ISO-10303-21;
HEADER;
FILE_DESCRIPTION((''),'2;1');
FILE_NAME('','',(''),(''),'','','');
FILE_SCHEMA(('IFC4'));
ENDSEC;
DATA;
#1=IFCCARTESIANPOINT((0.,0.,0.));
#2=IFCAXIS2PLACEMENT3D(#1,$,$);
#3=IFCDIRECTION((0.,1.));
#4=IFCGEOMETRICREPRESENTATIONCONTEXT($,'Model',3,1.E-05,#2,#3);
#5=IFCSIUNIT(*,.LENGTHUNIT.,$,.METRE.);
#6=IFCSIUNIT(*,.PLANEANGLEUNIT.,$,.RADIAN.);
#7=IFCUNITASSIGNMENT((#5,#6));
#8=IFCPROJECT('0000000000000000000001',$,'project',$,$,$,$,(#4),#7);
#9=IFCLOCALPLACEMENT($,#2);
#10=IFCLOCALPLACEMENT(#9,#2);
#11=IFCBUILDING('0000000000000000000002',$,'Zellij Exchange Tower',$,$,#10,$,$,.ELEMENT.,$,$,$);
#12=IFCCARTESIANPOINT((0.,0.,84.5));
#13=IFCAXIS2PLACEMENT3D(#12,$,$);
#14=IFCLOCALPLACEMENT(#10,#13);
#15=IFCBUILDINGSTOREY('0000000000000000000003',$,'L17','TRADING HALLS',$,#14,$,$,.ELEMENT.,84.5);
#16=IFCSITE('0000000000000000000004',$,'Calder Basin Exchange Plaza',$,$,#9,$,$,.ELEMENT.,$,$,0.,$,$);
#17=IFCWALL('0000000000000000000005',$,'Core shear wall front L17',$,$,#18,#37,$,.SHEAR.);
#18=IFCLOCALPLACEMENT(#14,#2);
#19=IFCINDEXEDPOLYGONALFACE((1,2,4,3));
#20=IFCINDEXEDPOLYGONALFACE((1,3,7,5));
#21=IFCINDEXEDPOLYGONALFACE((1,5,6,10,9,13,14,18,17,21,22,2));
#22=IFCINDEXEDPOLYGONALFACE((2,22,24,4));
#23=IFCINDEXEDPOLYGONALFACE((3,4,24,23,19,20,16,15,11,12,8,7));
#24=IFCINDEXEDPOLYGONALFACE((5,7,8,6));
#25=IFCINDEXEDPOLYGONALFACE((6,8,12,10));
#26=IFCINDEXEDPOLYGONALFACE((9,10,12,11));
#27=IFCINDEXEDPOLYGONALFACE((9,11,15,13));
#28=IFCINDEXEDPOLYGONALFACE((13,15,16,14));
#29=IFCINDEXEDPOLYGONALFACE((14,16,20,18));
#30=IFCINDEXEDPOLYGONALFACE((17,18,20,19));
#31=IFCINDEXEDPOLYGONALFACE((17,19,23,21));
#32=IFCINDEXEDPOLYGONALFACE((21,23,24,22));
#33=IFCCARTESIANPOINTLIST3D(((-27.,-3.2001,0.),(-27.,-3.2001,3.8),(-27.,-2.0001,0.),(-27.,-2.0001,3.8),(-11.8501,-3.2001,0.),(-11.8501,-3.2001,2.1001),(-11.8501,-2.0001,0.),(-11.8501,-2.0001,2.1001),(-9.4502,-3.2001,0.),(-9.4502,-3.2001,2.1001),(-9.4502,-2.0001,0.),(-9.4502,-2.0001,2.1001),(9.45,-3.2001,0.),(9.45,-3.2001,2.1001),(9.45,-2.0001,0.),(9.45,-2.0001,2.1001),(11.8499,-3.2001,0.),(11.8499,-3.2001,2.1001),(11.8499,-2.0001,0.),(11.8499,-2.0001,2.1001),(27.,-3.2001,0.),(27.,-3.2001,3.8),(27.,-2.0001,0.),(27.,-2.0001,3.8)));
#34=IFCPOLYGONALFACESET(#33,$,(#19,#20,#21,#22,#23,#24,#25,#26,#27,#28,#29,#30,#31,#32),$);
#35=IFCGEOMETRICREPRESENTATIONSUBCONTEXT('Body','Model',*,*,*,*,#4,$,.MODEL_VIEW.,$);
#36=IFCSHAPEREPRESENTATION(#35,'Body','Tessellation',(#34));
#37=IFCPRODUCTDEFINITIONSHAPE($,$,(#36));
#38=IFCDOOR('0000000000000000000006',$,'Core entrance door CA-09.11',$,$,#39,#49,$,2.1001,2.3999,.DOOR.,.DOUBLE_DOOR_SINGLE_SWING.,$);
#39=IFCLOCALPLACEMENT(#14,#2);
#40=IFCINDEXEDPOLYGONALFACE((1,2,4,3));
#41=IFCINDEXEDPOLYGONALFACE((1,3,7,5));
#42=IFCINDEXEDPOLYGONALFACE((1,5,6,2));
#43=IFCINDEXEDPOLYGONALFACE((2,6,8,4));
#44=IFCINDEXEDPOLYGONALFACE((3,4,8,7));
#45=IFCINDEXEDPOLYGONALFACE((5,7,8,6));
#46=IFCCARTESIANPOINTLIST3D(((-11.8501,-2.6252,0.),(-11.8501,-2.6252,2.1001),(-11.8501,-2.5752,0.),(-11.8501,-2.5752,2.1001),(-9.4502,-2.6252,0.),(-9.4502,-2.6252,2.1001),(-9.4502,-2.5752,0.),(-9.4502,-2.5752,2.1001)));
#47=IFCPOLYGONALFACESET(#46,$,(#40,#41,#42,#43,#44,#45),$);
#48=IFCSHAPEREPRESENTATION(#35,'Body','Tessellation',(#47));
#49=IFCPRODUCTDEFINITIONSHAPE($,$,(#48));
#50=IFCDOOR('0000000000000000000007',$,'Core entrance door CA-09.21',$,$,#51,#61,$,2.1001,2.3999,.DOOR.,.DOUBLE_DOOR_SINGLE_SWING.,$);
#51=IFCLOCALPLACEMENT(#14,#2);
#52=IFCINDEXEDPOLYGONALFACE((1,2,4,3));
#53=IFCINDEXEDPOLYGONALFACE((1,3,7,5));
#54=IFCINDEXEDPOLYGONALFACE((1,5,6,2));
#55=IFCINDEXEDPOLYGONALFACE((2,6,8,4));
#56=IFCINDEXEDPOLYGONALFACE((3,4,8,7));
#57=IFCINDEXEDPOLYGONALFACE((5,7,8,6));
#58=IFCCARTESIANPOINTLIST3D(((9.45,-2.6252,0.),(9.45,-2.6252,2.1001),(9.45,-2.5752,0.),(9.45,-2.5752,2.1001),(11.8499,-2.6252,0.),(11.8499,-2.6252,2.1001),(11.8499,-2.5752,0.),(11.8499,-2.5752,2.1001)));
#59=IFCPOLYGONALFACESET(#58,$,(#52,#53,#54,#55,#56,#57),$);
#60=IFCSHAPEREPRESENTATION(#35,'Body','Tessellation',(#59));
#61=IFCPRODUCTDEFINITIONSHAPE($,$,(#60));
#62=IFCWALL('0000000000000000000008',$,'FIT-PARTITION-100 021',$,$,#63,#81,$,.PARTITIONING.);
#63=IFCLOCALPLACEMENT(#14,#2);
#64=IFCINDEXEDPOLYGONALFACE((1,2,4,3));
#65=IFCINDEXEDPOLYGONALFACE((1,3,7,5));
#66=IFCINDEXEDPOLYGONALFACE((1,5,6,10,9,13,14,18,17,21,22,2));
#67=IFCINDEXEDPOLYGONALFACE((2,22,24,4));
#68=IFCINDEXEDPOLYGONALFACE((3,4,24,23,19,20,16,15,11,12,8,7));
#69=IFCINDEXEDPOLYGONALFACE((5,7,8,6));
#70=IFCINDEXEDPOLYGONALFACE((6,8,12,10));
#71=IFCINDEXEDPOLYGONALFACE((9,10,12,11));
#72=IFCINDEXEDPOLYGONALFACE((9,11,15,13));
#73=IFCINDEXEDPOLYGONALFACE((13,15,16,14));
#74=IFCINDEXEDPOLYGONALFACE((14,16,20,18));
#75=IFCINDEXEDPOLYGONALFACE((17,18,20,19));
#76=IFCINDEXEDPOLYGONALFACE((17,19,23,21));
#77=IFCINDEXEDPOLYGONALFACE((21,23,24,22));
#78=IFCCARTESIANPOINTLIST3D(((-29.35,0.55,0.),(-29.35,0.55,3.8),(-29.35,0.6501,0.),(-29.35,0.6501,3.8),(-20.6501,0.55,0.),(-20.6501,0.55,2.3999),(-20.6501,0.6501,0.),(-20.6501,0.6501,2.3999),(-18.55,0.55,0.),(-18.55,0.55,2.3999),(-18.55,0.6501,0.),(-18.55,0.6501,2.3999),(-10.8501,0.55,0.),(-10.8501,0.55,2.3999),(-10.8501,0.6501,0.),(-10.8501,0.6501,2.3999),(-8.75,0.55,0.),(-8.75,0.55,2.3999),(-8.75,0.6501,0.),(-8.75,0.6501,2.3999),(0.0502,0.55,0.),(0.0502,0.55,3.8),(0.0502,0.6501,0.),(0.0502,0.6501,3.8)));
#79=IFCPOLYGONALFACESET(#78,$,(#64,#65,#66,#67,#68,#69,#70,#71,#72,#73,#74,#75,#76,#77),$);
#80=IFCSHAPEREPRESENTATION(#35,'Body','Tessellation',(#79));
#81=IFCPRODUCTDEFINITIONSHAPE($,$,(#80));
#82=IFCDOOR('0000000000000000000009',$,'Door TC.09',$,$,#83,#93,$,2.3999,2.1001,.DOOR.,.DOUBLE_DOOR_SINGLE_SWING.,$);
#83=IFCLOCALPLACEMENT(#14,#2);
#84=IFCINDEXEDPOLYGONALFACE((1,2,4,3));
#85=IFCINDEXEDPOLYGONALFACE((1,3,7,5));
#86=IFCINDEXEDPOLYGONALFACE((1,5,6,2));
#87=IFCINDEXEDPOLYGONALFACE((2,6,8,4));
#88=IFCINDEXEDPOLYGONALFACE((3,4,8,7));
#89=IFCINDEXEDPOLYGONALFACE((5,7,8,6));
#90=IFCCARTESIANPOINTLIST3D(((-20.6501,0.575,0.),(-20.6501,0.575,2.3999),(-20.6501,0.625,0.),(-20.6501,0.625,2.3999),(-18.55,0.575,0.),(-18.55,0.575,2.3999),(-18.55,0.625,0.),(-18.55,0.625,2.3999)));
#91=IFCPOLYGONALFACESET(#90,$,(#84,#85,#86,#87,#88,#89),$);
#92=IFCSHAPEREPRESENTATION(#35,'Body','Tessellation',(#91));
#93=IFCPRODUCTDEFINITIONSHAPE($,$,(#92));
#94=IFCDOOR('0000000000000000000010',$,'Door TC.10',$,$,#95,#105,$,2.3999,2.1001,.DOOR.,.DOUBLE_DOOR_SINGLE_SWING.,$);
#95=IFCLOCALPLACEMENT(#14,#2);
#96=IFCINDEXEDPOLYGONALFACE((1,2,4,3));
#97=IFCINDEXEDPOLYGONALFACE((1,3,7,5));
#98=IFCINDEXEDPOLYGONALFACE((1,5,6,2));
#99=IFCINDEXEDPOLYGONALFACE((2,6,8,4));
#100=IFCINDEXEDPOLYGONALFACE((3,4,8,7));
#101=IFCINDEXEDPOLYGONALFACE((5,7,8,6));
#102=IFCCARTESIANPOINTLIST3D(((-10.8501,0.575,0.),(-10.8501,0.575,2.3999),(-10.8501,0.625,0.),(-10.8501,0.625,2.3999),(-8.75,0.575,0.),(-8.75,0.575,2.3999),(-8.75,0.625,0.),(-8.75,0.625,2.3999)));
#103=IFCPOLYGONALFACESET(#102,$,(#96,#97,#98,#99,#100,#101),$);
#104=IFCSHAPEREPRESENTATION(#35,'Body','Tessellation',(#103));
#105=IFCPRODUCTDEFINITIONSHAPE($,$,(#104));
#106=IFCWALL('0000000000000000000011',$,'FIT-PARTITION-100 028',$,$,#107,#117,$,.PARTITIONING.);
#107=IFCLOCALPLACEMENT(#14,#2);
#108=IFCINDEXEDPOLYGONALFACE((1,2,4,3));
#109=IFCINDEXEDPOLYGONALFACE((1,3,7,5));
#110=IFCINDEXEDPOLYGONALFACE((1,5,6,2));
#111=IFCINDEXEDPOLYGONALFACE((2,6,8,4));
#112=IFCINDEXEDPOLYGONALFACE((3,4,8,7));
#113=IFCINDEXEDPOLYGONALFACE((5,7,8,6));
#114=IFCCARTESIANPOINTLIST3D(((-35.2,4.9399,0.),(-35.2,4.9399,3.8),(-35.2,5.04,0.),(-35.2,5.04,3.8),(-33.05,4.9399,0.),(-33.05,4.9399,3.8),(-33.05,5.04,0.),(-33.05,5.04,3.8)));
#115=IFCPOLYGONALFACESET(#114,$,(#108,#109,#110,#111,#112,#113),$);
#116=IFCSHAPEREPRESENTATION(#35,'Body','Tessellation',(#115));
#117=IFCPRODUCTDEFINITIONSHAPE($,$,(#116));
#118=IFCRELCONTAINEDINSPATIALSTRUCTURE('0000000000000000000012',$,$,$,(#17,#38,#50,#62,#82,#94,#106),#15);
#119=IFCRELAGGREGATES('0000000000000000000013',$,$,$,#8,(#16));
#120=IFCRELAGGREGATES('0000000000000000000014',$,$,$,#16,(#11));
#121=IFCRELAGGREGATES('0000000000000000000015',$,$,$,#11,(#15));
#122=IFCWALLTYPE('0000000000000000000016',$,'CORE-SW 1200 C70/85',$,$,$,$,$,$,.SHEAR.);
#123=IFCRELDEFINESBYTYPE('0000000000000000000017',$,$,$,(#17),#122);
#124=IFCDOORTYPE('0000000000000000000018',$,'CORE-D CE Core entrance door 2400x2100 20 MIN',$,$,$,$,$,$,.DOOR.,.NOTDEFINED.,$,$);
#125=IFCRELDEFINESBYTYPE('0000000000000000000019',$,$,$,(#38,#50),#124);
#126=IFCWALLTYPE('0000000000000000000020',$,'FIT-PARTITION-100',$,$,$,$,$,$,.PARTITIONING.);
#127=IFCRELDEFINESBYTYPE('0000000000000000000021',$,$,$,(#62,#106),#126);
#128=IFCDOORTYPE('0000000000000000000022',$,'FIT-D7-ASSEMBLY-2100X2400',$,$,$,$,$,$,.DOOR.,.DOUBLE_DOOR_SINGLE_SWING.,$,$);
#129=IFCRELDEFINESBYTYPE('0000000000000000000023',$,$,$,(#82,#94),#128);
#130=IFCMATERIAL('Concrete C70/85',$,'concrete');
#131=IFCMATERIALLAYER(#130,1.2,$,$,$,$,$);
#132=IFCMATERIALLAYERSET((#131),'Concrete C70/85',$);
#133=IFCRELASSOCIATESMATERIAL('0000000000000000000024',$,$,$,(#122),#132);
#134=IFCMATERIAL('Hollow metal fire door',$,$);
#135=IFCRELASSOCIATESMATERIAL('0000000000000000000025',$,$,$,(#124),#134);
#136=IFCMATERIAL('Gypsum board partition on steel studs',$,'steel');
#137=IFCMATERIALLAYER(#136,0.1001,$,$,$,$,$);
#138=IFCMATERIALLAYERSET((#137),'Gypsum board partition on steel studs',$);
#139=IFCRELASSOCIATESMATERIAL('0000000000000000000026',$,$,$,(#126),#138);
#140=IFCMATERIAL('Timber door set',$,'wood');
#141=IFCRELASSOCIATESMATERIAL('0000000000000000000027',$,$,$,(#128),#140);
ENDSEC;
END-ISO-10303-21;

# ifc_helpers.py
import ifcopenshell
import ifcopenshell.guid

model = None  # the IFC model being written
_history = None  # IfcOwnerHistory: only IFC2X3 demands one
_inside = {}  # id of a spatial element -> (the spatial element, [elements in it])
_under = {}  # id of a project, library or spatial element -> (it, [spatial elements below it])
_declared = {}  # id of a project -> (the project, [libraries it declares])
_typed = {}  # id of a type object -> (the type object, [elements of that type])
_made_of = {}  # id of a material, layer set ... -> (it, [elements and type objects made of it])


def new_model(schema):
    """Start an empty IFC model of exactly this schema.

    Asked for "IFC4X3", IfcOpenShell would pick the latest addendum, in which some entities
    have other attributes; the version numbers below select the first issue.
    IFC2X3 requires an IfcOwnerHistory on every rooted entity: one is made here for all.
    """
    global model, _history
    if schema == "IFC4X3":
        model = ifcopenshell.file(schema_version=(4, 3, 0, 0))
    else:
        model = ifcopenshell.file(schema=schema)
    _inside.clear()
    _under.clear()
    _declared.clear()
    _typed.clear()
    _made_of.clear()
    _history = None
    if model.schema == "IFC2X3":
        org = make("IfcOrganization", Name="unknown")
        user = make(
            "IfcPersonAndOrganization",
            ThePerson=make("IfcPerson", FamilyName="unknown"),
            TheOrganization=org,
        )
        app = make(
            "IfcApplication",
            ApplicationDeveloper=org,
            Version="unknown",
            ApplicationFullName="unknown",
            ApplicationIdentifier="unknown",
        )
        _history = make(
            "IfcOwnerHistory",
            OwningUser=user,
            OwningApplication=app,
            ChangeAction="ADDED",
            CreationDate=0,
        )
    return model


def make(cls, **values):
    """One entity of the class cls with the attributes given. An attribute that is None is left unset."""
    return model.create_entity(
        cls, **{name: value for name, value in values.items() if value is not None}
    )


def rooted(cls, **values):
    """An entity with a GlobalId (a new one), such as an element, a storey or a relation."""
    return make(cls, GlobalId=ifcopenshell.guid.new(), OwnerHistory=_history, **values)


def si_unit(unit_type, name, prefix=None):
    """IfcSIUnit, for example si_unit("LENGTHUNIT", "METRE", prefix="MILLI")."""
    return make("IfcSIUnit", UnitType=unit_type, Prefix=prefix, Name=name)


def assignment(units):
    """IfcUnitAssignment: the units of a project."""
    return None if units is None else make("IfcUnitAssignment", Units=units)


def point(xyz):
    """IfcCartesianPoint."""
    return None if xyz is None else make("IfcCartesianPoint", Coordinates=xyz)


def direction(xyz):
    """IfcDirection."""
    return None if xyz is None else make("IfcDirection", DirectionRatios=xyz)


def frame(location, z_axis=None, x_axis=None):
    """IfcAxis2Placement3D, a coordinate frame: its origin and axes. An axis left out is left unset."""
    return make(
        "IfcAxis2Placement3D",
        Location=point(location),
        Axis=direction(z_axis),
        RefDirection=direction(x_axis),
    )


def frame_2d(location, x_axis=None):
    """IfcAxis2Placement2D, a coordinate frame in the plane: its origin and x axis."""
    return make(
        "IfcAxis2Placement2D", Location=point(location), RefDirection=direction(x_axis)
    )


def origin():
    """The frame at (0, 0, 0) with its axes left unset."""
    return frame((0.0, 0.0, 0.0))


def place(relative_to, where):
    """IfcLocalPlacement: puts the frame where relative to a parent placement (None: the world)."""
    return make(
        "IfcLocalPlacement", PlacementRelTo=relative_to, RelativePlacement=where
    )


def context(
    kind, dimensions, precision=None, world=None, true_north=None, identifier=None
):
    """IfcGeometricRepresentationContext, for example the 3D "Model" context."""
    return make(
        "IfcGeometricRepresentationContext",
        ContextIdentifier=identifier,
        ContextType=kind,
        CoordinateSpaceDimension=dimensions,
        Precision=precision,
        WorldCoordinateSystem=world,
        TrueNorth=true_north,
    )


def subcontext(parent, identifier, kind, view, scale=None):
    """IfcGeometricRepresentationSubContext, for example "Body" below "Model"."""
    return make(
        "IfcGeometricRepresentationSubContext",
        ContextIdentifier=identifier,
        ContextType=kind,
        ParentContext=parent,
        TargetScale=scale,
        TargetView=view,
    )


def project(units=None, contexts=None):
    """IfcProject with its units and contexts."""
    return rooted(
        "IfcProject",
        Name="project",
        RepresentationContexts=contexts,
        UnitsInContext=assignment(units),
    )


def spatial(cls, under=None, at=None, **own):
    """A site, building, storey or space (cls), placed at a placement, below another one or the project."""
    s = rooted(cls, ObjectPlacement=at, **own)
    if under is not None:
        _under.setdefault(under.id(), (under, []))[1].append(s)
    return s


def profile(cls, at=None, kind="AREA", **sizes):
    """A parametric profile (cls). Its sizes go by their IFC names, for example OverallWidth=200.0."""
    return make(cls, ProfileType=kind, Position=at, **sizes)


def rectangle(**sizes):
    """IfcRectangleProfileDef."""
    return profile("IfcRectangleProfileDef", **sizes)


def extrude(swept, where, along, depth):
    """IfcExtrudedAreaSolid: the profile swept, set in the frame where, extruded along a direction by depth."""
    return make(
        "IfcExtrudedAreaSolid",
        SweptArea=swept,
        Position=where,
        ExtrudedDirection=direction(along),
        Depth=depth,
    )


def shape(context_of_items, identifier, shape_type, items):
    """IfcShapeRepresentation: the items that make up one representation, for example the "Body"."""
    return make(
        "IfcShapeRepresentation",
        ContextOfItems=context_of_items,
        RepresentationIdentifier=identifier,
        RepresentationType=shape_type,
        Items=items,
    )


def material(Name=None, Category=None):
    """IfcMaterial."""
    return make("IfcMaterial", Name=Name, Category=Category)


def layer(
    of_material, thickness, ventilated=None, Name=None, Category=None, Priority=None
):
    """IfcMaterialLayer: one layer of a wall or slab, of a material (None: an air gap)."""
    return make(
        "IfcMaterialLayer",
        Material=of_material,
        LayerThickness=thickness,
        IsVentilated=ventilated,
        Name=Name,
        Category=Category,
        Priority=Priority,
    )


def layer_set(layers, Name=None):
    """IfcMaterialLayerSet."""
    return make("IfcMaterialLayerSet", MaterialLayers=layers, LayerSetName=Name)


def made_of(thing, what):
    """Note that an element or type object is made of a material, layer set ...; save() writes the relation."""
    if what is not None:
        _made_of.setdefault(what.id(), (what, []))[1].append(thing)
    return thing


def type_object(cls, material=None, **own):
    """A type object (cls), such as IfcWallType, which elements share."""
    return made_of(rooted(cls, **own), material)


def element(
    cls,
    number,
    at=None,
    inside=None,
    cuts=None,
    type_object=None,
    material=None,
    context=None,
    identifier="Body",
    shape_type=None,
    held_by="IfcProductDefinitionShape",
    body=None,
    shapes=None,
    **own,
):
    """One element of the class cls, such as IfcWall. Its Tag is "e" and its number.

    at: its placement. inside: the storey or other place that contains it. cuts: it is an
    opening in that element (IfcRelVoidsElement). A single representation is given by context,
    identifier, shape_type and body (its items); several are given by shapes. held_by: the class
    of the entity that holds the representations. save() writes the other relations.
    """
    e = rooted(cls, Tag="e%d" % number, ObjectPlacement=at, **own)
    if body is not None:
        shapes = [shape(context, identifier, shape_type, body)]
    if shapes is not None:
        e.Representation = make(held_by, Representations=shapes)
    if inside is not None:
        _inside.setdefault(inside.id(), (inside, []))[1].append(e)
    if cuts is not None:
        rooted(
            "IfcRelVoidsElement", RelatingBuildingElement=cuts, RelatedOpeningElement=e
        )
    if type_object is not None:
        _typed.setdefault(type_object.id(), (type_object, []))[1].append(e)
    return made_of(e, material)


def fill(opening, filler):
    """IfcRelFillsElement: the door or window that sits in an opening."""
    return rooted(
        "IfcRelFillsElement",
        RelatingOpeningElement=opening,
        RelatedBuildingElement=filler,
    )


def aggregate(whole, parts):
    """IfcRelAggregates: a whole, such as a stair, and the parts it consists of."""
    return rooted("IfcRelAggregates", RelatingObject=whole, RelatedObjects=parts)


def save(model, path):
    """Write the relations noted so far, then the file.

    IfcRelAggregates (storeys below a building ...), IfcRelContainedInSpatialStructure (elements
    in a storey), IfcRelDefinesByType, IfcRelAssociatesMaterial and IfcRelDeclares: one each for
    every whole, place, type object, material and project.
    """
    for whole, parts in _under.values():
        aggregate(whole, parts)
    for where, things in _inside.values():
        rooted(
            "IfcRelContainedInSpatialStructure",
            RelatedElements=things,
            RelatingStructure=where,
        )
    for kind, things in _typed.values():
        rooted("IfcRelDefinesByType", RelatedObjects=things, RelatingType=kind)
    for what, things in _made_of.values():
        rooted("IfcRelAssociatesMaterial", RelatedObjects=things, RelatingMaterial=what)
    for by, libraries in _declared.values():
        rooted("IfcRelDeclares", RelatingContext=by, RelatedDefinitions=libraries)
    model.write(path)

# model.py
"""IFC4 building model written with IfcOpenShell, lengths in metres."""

from ifc_helpers import new_model, si_unit, direction, frame, frame_2d, origin, place, context, subcontext, project, spatial, rectangle, extrude, material, layer, layer_set, type_object, element, fill, save


model = new_model("IFC4")

# Units and contexts
model_context = context("Model", 3, precision=1e-05, world=origin(), true_north=direction((0.0, 1.0)))
body_context = subcontext(model_context, "Body", "Model", "MODEL_VIEW")
ifc_project = project(units=[si_unit("LENGTHUNIT", "METRE"), si_unit("PLANEANGLEUNIT", "RADIAN")], contexts=[model_context])

# Site, building, storey
site_placement = place(None, origin())
site = spatial("IfcSite", under=ifc_project, at=site_placement, Name="Calder Basin Exchange Plaza", CompositionType="ELEMENT", RefElevation=0.0)
building_placement = place(site_placement, origin())
building = spatial("IfcBuilding", under=site, at=building_placement, Name="Zellij Exchange Tower", CompositionType="ELEMENT")
storey_placement = place(building_placement, frame((0.0, 0.0, 84.5)))
storey = spatial("IfcBuildingStorey", under=building, at=storey_placement, Name="L17", Description="TRADING HALLS", CompositionType="ELEMENT", Elevation=84.5)

# Shared definitions
ifc_material_1 = material(Name="Concrete C70/85", Category="concrete")

# Walls, openings, doors
ifc_material_2 = material(Name="Hollow metal fire door")
ifc_layer_1 = layer(ifc_material_1, 1.2)
ifc_layer_set_1 = layer_set([ifc_layer_1], Name="Concrete C70/85")
wall_type_1 = type_object("IfcWallType", Name="CORE-SW 1200 C70/85", PredefinedType="SHEAR", material=ifc_layer_set_1)
wall_1_placement = place(storey_placement, frame((-27.0, -2.6001, 0.0), z_axis=(0.0, 0.0, 1.0), x_axis=(1.0, 0.0, 0.0)))
wall_1 = element("IfcWall", 1, at=wall_1_placement, inside=storey, type_object=wall_type_1, Name="Core shear wall front L17", PredefinedType="SHEAR", context=body_context, shape_type="SweptSolid", body=[
    extrude(rectangle(XDim=54.0, YDim=1.2, at=frame_2d((27.0, 0.0))), origin(), (0.0, 0.0, 1.0), 3.8),
])
opening_1_placement = place(wall_1_placement, frame((15.1499, 0.0, 0.0)))
opening_1 = element("IfcOpeningElement", 2, at=opening_1_placement, cuts=wall_1, PredefinedType="OPENING", context=body_context, shape_type="SweptSolid", body=[
    extrude(rectangle(XDim=2.3999, YDim=2.1001, at=frame_2d((1.2, 1.05))), frame((0.0, 0.6118, 0.0), z_axis=(0.0, -1.0, 0.0), x_axis=(1.0, 0.0, 0.0)), (0.0, 0.0, 1.0), 1.2239),
])
opening_2_placement = place(wall_1_placement, frame((36.45, 0.0, 0.0)))
opening_2 = element("IfcOpeningElement", 3, at=opening_2_placement, cuts=wall_1, PredefinedType="OPENING", context=body_context, shape_type="SweptSolid", body=[
    extrude(rectangle(XDim=2.3999, YDim=2.1001, at=frame_2d((1.2, 1.05))), frame((0.0, 0.6118, 0.0), z_axis=(0.0, -1.0, 0.0), x_axis=(1.0, 0.0, 0.0)), (0.0, 0.0, 1.0), 1.2239),
])
door_type_1 = type_object("IfcDoorType", Name="CORE-D CE Core entrance door 2400x2100 20 MIN", OperationType="NOTDEFINED", PredefinedType="DOOR", material=ifc_material_2)
door_1_placement = place(opening_1_placement, origin())
door_1 = element("IfcDoor", 4, at=door_1_placement, inside=storey, type_object=door_type_1, Name="Core entrance door CA-09.11", OperationType="DOUBLE_DOOR_SINGLE_SWING", OverallHeight=2.1001, OverallWidth=2.3999, PredefinedType="DOOR", context=body_context, shape_type="SweptSolid", body=[
    extrude(rectangle(XDim=2.3999, YDim=2.1001, at=frame_2d((1.2, 1.05))), frame((0.0, 0.0249, 0.0), z_axis=(0.0, -1.0, 0.0), x_axis=(1.0, 0.0, 0.0)), (0.0, 0.0, 1.0), 0.05),
])
fill(opening_1, door_1)
door_2_placement = place(opening_2_placement, origin())
door_2 = element("IfcDoor", 5, at=door_2_placement, inside=storey, type_object=door_type_1, Name="Core entrance door CA-09.21", OperationType="DOUBLE_DOOR_SINGLE_SWING", OverallHeight=2.1001, OverallWidth=2.3999, PredefinedType="DOOR", context=body_context, shape_type="SweptSolid", body=[
    extrude(rectangle(XDim=2.3999, YDim=2.1001, at=frame_2d((1.2, 1.05))), frame((0.0, 0.0249, 0.0), z_axis=(0.0, -1.0, 0.0), x_axis=(1.0, 0.0, 0.0)), (0.0, 0.0, 1.0), 0.05),
])
fill(opening_2, door_2)
ifc_material_3 = material(Name="Gypsum board partition on steel studs", Category="steel")
ifc_layer_2 = layer(ifc_material_3, 0.1001)
ifc_layer_set_2 = layer_set([ifc_layer_2], Name="Gypsum board partition on steel studs")
wall_type_2 = type_object("IfcWallType", Name="FIT-PARTITION-100", PredefinedType="PARTITIONING", material=ifc_layer_set_2)
wall_2_placement = place(storey_placement, frame((-29.3501, 0.6001, 0.0), z_axis=(0.0, 0.0, 1.0), x_axis=(1.0, 0.0, 0.0)))
wall_2 = element("IfcWall", 6, at=wall_2_placement, inside=storey, type_object=wall_type_2, Name="FIT-PARTITION-100 021", PredefinedType="PARTITIONING", context=body_context, shape_type="SweptSolid", body=[
    extrude(rectangle(XDim=29.4001, YDim=0.1001, at=frame_2d((14.7002, 0.0))), origin(), (0.0, 0.0, 1.0), 3.8),
])
opening_3_placement = place(wall_2_placement, frame((8.7, 0.0, 0.0)))
opening_3 = element("IfcOpeningElement", 7, at=opening_3_placement, cuts=wall_2, PredefinedType="OPENING", context=body_context, shape_type="SweptSolid", body=[
    extrude(rectangle(XDim=2.1001, YDim=2.3999, at=frame_2d((1.05, 1.2))), frame((0.0, 0.062, 0.0), z_axis=(0.0, -1.0, 0.0), x_axis=(1.0, 0.0, 0.0)), (0.0, 0.0, 1.0), 0.124),
])
opening_4_placement = place(wall_2_placement, frame((18.5, 0.0, 0.0)))
opening_4 = element("IfcOpeningElement", 8, at=opening_4_placement, cuts=wall_2, PredefinedType="OPENING", context=body_context, shape_type="SweptSolid", body=[
    extrude(rectangle(XDim=2.1001, YDim=2.3999, at=frame_2d((1.05, 1.2))), frame((0.0, 0.062, 0.0), z_axis=(0.0, -1.0, 0.0), x_axis=(1.0, 0.0, 0.0)), (0.0, 0.0, 1.0), 0.124),
])
ifc_material_4 = material(Name="Timber door set", Category="wood")
door_type_2 = type_object("IfcDoorType", Name="FIT-D7-ASSEMBLY-2100X2400", OperationType="DOUBLE_DOOR_SINGLE_SWING", PredefinedType="DOOR", material=ifc_material_4)
door_3_placement = place(opening_3_placement, origin())
door_3 = element("IfcDoor", 9, at=door_3_placement, inside=storey, type_object=door_type_2, Name="Door TC.09", OperationType="DOUBLE_DOOR_SINGLE_SWING", OverallHeight=2.3999, OverallWidth=2.1001, PredefinedType="DOOR", context=body_context, shape_type="SweptSolid", body=[
    extrude(rectangle(XDim=2.1001, YDim=2.3999, at=frame_2d((1.05, 1.2))), frame((0.0, 0.0249, 0.0), z_axis=(0.0, -1.0, 0.0), x_axis=(1.0, 0.0, 0.0)), (0.0, 0.0, 1.0), 0.05),
])
fill(opening_3, door_3)
door_4_placement = place(opening_4_placement, origin())
door_4 = element("IfcDoor", 10, at=door_4_placement, inside=storey, type_object=door_type_2, Name="Door TC.10", OperationType="DOUBLE_DOOR_SINGLE_SWING", OverallHeight=2.3999, OverallWidth=2.1001, PredefinedType="DOOR", context=body_context, shape_type="SweptSolid", body=[
    extrude(rectangle(XDim=2.1001, YDim=2.3999, at=frame_2d((1.05, 1.2))), frame((0.0, 0.0249, 0.0), z_axis=(0.0, -1.0, 0.0), x_axis=(1.0, 0.0, 0.0)), (0.0, 0.0, 1.0), 0.05),
])
fill(opening_4, door_4)

# Wall
wall_3_placement = place(storey_placement, frame((-35.2, 4.99, 0.0), z_axis=(0.0, 0.0, 1.0), x_axis=(1.0, 0.0, 0.0)))
element("IfcWall", 11, at=wall_3_placement, inside=storey, type_object=wall_type_2, Name="FIT-PARTITION-100 028", PredefinedType="PARTITIONING", context=body_context, shape_type="SweptSolid", body=[
    extrude(rectangle(XDim=2.1499, YDim=0.1001, at=frame_2d((1.075, 0.0))), origin(), (0.0, 0.0, 1.0), 3.8),
])

save(model, "model.ifc")
